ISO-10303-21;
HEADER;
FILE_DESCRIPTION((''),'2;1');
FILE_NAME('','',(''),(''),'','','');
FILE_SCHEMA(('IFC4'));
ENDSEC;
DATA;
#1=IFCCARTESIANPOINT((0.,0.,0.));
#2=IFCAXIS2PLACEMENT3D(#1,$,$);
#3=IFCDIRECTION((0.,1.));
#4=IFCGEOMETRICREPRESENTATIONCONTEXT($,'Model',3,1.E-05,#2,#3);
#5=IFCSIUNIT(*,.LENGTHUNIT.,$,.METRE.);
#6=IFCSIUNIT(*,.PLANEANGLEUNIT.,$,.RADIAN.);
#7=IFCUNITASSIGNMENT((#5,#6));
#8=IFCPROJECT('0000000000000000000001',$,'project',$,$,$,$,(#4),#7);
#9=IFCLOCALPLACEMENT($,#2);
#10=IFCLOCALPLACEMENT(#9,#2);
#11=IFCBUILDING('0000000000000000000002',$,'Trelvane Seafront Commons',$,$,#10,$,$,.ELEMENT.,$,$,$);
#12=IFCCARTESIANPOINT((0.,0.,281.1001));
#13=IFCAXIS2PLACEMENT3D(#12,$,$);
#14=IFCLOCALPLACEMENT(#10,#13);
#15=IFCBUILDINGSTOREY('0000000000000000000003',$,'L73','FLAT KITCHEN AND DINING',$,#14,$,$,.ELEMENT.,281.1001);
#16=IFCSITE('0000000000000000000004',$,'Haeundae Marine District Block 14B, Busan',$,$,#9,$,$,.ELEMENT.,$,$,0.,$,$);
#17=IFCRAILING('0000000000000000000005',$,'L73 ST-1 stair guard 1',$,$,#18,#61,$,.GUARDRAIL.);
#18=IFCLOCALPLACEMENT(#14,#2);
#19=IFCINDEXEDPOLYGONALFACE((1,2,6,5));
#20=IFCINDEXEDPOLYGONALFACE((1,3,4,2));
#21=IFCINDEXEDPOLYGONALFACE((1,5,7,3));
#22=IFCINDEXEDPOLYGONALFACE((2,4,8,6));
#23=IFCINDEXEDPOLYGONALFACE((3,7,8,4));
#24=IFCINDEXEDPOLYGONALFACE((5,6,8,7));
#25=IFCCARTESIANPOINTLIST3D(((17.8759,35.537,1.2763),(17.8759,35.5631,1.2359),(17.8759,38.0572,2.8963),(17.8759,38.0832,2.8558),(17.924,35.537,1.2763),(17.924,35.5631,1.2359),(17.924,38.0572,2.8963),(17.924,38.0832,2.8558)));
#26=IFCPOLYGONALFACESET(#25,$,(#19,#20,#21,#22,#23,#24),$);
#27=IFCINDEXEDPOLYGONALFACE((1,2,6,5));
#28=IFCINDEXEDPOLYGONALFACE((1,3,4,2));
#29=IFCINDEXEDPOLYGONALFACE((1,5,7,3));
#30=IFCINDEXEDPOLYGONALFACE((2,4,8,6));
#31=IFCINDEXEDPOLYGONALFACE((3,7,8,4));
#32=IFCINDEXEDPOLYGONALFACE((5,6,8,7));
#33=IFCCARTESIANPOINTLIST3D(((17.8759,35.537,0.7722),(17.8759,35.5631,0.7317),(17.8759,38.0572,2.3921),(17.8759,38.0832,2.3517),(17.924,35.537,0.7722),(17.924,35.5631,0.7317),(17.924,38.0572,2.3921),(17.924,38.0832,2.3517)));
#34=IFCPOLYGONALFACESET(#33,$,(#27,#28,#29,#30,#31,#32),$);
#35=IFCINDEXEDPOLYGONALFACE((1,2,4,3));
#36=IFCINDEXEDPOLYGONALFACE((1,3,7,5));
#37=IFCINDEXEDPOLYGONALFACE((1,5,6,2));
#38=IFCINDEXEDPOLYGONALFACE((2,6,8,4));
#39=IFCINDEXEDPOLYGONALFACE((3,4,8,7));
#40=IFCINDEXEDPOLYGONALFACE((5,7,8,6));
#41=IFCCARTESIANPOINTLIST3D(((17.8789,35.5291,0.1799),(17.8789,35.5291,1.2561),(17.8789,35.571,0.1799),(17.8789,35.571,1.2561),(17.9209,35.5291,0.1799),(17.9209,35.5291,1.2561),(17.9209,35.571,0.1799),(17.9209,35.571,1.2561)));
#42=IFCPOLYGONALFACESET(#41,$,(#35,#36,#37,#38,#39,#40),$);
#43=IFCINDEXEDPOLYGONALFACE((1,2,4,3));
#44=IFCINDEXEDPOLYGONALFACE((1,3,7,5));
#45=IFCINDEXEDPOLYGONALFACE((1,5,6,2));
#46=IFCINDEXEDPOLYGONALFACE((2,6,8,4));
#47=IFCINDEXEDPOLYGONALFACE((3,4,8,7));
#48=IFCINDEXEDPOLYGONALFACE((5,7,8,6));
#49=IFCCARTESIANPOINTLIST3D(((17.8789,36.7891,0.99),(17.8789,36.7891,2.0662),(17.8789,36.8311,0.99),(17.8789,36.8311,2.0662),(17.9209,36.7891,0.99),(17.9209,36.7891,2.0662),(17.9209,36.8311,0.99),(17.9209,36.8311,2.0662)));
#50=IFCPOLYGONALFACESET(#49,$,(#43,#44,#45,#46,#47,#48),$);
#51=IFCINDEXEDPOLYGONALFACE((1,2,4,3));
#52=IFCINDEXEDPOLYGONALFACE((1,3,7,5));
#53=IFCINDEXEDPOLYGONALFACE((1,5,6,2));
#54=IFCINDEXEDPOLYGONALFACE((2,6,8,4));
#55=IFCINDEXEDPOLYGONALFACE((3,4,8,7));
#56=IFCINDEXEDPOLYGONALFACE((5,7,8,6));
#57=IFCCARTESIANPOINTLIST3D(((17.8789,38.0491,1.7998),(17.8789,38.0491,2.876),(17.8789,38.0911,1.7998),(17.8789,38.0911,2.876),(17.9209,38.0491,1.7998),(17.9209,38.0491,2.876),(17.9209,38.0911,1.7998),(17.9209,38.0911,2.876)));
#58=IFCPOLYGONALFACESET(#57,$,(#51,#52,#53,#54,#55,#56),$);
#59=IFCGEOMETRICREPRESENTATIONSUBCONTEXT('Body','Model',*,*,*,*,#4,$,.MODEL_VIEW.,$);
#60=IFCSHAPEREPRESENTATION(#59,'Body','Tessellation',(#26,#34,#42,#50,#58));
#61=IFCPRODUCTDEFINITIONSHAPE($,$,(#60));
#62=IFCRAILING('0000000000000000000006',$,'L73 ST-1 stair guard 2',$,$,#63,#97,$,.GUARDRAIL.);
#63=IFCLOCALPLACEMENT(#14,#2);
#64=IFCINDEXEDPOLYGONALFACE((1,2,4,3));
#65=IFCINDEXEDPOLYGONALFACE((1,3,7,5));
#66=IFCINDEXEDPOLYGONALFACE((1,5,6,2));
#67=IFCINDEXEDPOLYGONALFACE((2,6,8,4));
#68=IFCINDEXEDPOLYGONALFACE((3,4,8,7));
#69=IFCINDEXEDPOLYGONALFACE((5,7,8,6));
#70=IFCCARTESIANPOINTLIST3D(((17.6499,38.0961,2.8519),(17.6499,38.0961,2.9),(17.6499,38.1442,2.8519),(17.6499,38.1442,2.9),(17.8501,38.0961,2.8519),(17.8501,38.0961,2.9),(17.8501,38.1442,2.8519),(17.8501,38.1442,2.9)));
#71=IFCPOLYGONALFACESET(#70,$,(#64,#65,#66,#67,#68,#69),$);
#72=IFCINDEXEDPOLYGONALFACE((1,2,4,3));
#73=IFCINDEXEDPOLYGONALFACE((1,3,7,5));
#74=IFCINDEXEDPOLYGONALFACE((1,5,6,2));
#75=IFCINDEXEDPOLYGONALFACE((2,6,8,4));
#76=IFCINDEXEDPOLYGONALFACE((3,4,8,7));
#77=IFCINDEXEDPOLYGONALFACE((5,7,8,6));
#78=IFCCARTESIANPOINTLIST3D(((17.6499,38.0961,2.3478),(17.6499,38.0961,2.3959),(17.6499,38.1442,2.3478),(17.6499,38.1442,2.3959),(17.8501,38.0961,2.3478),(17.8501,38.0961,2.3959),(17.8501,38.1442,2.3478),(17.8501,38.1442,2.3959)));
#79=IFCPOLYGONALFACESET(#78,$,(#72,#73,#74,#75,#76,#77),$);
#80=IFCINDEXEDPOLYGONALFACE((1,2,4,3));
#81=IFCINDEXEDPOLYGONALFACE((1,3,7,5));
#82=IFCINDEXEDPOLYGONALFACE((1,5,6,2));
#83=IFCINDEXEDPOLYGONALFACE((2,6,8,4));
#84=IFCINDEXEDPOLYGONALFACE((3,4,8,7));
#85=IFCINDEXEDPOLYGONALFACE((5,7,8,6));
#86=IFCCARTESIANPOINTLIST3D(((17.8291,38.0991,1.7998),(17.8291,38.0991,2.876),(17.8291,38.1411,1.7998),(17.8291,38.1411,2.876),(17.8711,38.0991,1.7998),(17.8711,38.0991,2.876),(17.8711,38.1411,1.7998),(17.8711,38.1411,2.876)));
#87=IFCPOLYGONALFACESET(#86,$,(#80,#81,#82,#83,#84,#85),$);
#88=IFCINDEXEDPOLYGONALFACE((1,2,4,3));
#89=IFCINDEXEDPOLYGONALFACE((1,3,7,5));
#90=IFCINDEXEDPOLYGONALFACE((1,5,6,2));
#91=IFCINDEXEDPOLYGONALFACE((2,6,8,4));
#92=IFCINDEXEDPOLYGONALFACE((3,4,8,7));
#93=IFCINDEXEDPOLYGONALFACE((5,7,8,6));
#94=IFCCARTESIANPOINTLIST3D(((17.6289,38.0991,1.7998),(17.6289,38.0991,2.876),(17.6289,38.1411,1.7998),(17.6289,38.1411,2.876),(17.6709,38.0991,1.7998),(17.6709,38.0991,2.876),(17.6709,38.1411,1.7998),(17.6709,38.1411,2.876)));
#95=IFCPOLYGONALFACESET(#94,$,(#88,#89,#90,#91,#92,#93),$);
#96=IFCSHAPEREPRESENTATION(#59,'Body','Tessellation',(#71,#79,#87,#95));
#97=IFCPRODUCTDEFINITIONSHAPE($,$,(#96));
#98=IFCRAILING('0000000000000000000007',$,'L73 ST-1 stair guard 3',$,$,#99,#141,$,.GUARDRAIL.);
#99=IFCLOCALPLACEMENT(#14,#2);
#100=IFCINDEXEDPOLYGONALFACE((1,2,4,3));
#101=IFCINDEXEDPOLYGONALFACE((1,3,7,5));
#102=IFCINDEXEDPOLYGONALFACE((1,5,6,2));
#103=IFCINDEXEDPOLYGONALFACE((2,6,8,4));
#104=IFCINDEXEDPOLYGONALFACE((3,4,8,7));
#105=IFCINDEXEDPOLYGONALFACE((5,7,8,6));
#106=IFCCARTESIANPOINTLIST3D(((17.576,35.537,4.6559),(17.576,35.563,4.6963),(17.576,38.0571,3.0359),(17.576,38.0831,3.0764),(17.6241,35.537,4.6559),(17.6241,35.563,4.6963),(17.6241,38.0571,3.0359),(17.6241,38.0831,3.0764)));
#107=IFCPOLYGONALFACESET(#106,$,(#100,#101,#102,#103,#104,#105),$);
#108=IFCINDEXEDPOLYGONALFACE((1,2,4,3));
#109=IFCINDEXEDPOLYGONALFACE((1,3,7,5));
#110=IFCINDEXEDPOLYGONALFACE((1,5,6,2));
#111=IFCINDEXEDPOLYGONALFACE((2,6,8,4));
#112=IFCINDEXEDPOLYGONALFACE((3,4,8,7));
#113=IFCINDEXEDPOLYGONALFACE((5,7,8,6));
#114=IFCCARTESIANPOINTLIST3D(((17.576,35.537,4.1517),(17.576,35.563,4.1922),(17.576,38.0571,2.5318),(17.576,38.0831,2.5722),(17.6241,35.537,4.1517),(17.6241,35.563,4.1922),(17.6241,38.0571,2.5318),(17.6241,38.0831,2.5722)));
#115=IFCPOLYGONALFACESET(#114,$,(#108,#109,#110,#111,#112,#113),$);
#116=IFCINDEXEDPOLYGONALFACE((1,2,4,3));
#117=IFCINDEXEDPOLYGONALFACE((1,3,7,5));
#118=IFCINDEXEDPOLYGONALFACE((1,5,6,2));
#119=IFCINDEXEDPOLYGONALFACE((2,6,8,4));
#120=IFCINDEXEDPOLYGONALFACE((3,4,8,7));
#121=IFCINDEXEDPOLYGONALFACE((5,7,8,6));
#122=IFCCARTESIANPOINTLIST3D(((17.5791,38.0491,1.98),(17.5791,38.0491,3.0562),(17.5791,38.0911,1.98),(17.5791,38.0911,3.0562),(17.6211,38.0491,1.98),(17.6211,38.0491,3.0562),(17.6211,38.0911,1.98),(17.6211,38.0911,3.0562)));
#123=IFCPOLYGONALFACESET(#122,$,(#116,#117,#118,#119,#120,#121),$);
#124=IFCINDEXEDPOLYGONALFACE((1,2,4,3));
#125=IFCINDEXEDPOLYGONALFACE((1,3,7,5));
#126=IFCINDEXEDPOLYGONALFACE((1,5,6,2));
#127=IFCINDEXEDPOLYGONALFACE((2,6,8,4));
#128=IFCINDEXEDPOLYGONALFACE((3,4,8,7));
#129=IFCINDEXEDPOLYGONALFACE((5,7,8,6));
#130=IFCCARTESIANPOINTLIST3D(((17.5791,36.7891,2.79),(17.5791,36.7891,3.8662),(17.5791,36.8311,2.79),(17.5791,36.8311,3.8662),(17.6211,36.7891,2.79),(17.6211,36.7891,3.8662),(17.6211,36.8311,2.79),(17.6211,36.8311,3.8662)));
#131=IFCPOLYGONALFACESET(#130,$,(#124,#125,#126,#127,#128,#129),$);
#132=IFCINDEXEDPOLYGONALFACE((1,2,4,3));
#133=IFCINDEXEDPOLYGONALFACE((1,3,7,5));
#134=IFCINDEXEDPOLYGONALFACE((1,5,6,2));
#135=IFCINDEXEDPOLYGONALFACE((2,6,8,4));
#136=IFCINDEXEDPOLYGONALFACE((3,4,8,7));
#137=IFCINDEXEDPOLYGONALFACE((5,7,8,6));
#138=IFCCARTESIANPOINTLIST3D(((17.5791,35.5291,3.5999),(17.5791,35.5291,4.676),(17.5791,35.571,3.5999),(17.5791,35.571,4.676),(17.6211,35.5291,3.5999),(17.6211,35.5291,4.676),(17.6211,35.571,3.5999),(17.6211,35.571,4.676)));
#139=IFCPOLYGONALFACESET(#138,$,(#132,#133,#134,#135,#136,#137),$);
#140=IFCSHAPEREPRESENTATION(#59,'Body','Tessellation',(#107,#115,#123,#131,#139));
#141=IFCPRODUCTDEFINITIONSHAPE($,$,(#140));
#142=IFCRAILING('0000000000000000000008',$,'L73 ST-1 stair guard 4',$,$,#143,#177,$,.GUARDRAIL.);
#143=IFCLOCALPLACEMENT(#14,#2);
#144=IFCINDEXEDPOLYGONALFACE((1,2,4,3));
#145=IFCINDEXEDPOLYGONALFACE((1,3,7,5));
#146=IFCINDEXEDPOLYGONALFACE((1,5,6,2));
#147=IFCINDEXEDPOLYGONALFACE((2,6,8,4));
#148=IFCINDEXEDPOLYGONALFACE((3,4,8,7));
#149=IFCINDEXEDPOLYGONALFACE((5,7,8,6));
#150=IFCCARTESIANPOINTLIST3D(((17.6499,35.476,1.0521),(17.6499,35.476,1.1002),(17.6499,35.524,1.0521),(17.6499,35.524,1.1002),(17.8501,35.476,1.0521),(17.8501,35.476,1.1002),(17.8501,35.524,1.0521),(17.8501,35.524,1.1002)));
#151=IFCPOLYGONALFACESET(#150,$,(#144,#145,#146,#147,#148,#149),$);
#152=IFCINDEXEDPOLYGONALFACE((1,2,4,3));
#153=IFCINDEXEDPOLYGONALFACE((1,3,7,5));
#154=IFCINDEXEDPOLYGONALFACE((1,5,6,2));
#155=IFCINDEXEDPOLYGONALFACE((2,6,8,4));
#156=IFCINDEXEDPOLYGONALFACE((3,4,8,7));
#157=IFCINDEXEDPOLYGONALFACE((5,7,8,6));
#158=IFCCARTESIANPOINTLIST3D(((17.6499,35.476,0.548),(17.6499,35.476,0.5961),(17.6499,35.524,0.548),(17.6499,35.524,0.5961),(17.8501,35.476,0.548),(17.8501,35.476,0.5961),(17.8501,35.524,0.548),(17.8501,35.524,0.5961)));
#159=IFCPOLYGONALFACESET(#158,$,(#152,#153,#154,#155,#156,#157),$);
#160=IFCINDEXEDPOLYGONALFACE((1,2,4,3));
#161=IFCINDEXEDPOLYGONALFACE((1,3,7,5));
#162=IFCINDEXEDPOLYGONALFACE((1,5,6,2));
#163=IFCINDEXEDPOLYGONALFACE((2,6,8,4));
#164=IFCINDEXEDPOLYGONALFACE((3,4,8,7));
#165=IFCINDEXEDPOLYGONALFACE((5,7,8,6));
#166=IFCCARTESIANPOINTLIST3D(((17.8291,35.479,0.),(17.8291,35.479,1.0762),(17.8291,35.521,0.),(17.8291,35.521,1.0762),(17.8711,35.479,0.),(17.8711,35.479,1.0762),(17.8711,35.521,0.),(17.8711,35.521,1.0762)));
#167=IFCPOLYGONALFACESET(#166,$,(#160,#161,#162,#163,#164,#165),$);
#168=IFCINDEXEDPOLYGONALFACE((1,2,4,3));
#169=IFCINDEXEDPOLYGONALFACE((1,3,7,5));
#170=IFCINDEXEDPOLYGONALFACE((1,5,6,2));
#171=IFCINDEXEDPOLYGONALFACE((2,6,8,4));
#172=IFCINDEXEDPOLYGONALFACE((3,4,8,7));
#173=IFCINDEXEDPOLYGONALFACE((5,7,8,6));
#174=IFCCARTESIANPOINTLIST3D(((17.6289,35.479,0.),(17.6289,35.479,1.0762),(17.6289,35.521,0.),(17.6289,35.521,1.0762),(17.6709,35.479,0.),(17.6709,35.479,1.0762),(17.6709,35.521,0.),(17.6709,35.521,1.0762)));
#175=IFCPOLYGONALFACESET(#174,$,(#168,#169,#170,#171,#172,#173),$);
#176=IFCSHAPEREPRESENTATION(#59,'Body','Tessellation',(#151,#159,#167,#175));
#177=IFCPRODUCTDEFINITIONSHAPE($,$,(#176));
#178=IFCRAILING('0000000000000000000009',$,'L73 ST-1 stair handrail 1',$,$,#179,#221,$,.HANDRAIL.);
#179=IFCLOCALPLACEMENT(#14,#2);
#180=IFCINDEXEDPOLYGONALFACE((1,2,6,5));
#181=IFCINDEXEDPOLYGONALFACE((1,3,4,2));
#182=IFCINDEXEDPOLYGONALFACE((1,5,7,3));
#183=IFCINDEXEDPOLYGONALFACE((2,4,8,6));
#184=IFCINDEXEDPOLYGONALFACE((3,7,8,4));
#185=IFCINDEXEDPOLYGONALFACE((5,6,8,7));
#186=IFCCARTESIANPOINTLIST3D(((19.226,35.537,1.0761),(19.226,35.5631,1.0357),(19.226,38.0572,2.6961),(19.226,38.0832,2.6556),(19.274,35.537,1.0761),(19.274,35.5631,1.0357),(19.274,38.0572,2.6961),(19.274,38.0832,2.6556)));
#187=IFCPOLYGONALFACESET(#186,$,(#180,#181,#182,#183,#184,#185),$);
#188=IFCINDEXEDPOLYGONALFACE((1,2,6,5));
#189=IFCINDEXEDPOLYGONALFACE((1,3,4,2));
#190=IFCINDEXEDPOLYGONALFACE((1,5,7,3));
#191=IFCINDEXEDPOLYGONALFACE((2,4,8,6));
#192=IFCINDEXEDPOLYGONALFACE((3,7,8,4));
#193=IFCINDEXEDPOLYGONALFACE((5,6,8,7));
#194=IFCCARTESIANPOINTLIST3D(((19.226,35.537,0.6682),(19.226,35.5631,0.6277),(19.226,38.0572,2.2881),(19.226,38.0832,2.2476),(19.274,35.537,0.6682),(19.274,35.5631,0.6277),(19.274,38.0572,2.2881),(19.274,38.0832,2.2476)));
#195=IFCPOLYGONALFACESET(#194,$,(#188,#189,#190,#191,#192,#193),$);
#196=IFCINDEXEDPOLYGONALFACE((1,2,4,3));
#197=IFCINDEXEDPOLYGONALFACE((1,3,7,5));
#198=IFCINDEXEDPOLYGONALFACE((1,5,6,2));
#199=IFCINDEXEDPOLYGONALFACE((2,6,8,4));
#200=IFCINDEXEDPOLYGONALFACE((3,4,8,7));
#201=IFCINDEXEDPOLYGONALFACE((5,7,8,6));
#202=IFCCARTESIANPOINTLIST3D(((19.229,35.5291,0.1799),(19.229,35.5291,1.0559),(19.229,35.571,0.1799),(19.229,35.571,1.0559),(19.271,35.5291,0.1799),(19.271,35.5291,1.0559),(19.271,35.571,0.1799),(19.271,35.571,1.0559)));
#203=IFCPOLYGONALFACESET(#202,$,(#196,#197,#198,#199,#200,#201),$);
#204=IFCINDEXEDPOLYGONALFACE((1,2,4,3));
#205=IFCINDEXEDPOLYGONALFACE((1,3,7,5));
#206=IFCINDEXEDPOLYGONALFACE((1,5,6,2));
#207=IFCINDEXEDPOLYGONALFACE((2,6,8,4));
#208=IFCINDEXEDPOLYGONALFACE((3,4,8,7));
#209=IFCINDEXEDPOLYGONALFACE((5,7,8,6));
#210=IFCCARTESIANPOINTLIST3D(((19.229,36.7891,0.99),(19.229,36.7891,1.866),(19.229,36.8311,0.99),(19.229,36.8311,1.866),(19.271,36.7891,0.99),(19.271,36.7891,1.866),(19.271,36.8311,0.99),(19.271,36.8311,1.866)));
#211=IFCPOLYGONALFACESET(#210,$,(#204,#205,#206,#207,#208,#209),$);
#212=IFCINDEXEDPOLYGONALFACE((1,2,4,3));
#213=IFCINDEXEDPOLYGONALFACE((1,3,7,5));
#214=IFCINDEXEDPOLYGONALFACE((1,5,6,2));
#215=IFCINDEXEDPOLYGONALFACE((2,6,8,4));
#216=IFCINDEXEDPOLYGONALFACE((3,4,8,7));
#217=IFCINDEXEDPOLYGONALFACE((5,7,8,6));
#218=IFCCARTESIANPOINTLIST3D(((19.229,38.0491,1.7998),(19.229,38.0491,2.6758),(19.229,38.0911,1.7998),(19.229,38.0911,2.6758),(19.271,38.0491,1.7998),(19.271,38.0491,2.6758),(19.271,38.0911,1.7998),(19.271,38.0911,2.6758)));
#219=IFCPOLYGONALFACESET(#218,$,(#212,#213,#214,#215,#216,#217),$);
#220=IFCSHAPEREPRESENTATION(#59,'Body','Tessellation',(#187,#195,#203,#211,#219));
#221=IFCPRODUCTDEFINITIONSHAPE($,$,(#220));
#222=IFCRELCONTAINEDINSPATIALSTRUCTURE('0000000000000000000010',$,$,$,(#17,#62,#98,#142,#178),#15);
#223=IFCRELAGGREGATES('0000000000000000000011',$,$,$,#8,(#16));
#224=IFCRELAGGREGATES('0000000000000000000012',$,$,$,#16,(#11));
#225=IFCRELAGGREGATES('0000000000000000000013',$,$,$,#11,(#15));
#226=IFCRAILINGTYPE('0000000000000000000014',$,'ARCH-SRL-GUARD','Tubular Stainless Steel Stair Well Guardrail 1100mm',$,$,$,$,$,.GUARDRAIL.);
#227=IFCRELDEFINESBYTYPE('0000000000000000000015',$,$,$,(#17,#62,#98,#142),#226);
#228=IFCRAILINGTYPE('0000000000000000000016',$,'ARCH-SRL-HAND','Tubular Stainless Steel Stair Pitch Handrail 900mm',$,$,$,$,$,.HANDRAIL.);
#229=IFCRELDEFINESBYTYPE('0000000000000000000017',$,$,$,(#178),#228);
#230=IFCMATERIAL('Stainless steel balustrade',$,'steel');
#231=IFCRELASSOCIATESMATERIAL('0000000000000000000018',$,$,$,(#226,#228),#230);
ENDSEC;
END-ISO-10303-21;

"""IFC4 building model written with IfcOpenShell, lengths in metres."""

from ifc_helpers import new_model, si_unit, direction, frame, origin, origin_2d, place, context, subcontext, project, spatial, rectangle, extrude, material, type_object, element, save


model = new_model("IFC4")

# Units and contexts
model_context = context("Model", 3, precision=1e-05, world=origin(), true_north=direction((0.0, 1.0)))
body_context = subcontext(model_context, "Body", "Model", "MODEL_VIEW")
ifc_project = project(units=[si_unit("LENGTHUNIT", "METRE"), si_unit("PLANEANGLEUNIT", "RADIAN")], contexts=[model_context])

# Site, building, storey
site_placement = place(None, origin())
site = spatial("IfcSite", under=ifc_project, at=site_placement, Name="Haeundae Marine District Block 14B, Busan", CompositionType="ELEMENT", RefElevation=0.0)
building_placement = place(site_placement, origin())
building = spatial("IfcBuilding", under=site, at=building_placement, Name="Trelvane Seafront Commons", CompositionType="ELEMENT")
storey_placement = place(building_placement, frame((0.0, 0.0, 281.1001)))
storey = spatial("IfcBuildingStorey", under=building, at=storey_placement, Name="L73", Description="FLAT KITCHEN AND DINING", CompositionType="ELEMENT", Elevation=281.1001)

# Shared definitions
ifc_material_1 = material(Name="Stainless steel balustrade", Category="steel")

# Railings
railing_type_1 = type_object("IfcRailingType", Name="ARCH-SRL-GUARD", Description="Tubular Stainless Steel Stair Well Guardrail 1100mm", PredefinedType="GUARDRAIL", material=ifc_material_1)
railing_1_placement = place(storey_placement, frame((17.8999, 35.55, 0.1799)))
element("IfcRailing", 1, at=railing_1_placement, inside=storey, type_object=railing_type_1, Name="L73 ST-1 stair guard 1", PredefinedType="GUARDRAIL", context=body_context, shape_type="SweptSolid", body=[
    extrude(rectangle(XDim=0.0481, YDim=0.0481, at=origin_2d()), frame((0.0, 0.0, 1.0762), z_axis=(0.0, 0.8412, 0.540725), x_axis=(-1.0, 0.0, 0.0)), (0.0, 0.0, 1.0), 2.9958),
    extrude(rectangle(XDim=0.0481, YDim=0.0481, at=origin_2d()), frame((0.0, 0.0, 0.572), z_axis=(0.0, 0.8412, 0.540725), x_axis=(-1.0, 0.0, 0.0)), (0.0, 0.0, 1.0), 2.9958),
    extrude(rectangle(XDim=0.042, YDim=0.042, at=origin_2d()), origin(), (0.0, 0.0, 1.0), 1.0762),
    extrude(rectangle(XDim=0.042, YDim=0.042, at=origin_2d()), frame((0.0, 1.26, 0.8101)), (0.0, 0.0, 1.0), 1.0762),
    extrude(rectangle(XDim=0.042, YDim=0.042, at=origin_2d()), frame((0.0, 2.52, 1.6199)), (0.0, 0.0, 1.0), 1.0762),
])
railing_2_placement = place(storey_placement, frame((17.8501, 38.1201, 1.7998)))
element("IfcRailing", 2, at=railing_2_placement, inside=storey, type_object=railing_type_1, Name="L73 ST-1 stair guard 2", PredefinedType="GUARDRAIL", context=body_context, shape_type="SweptSolid", body=[
    extrude(rectangle(XDim=0.0481, YDim=0.0481, at=origin_2d()), frame((0.0, 0.0, 1.0762), z_axis=(-1.0, 0.0, 0.0), x_axis=(0.0, -1.0, 0.0)), (0.0, 0.0, 1.0), 0.2002),
    extrude(rectangle(XDim=0.0481, YDim=0.0481, at=origin_2d()), frame((0.0, 0.0, 0.572), z_axis=(-1.0, 0.0, 0.0), x_axis=(0.0, -1.0, 0.0)), (0.0, 0.0, 1.0), 0.2002),
    extrude(rectangle(XDim=0.042, YDim=0.042, at=origin_2d()), origin(), (0.0, 0.0, 1.0), 1.0762),
    extrude(rectangle(XDim=0.042, YDim=0.042, at=origin_2d()), frame((-0.2002, 0.0, 0.0)), (0.0, 0.0, 1.0), 1.0762),
])
railing_3_placement = place(storey_placement, frame((17.6001, 38.0701, 1.98)))
element("IfcRailing", 3, at=railing_3_placement, inside=storey, type_object=railing_type_1, Name="L73 ST-1 stair guard 3", PredefinedType="GUARDRAIL", context=body_context, shape_type="SweptSolid", body=[
    extrude(rectangle(XDim=0.0481, YDim=0.0481, at=origin_2d()), frame((0.0, 0.0, 1.0762), z_axis=(0.0, -0.8412, 0.540725), x_axis=(1.0, 0.0, 0.0)), (0.0, 0.0, 1.0), 2.9958),
    extrude(rectangle(XDim=0.0481, YDim=0.0481, at=origin_2d()), frame((0.0, 0.0, 0.572), z_axis=(0.0, -0.8412, 0.540725), x_axis=(1.0, 0.0, 0.0)), (0.0, 0.0, 1.0), 2.9958),
    extrude(rectangle(XDim=0.042, YDim=0.042, at=origin_2d()), origin(), (0.0, 0.0, 1.0), 1.0762),
    extrude(rectangle(XDim=0.042, YDim=0.042, at=origin_2d()), frame((0.0, -1.26, 0.8101)), (0.0, 0.0, 1.0), 1.0762),
    extrude(rectangle(XDim=0.042, YDim=0.042, at=origin_2d()), frame((0.0, -2.52, 1.6199)), (0.0, 0.0, 1.0), 1.0762),
])
railing_4_placement = place(storey_placement, frame((17.8501, 35.5, 0.0)))
element("IfcRailing", 4, at=railing_4_placement, inside=storey, type_object=railing_type_1, Name="L73 ST-1 stair guard 4", PredefinedType="GUARDRAIL", context=body_context, shape_type="SweptSolid", body=[
    extrude(rectangle(XDim=0.0481, YDim=0.0481, at=origin_2d()), frame((0.0, 0.0, 1.0762), z_axis=(-1.0, 0.0, 0.0), x_axis=(0.0, -1.0, 0.0)), (0.0, 0.0, 1.0), 0.2002),
    extrude(rectangle(XDim=0.0481, YDim=0.0481, at=origin_2d()), frame((0.0, 0.0, 0.572), z_axis=(-1.0, 0.0, 0.0), x_axis=(0.0, -1.0, 0.0)), (0.0, 0.0, 1.0), 0.2002),
    extrude(rectangle(XDim=0.042, YDim=0.042, at=origin_2d()), origin(), (0.0, 0.0, 1.0), 1.0762),
    extrude(rectangle(XDim=0.042, YDim=0.042, at=origin_2d()), frame((-0.2002, 0.0, 0.0)), (0.0, 0.0, 1.0), 1.0762),
])
railing_type_2 = type_object("IfcRailingType", Name="ARCH-SRL-HAND", Description="Tubular Stainless Steel Stair Pitch Handrail 900mm", PredefinedType="HANDRAIL", material=ifc_material_1)
railing_5_placement = place(storey_placement, frame((19.25, 35.55, 0.1799)))
element("IfcRailing", 5, at=railing_5_placement, inside=storey, type_object=railing_type_2, Name="L73 ST-1 stair handrail 1", PredefinedType="HANDRAIL", context=body_context, shape_type="SweptSolid", body=[
    extrude(rectangle(XDim=0.0481, YDim=0.0481, at=origin_2d()), frame((0.0, 0.0, 0.876), z_axis=(0.0, 0.8412, 0.540725), x_axis=(-1.0, 0.0, 0.0)), (0.0, 0.0, 1.0), 2.9958),
    extrude(rectangle(XDim=0.0481, YDim=0.0481, at=origin_2d()), frame((0.0, 0.0, 0.468), z_axis=(0.0, 0.8412, 0.540725), x_axis=(-1.0, 0.0, 0.0)), (0.0, 0.0, 1.0), 2.9958),
    extrude(rectangle(XDim=0.042, YDim=0.042, at=origin_2d()), origin(), (0.0, 0.0, 1.0), 0.876),
    extrude(rectangle(XDim=0.042, YDim=0.042, at=origin_2d()), frame((0.0, 1.26, 0.8101)), (0.0, 0.0, 1.0), 0.876),
    extrude(rectangle(XDim=0.042, YDim=0.042, at=origin_2d()), frame((0.0, 2.52, 1.6199)), (0.0, 0.0, 1.0), 0.876),
])

save(model, "model.ifc")
